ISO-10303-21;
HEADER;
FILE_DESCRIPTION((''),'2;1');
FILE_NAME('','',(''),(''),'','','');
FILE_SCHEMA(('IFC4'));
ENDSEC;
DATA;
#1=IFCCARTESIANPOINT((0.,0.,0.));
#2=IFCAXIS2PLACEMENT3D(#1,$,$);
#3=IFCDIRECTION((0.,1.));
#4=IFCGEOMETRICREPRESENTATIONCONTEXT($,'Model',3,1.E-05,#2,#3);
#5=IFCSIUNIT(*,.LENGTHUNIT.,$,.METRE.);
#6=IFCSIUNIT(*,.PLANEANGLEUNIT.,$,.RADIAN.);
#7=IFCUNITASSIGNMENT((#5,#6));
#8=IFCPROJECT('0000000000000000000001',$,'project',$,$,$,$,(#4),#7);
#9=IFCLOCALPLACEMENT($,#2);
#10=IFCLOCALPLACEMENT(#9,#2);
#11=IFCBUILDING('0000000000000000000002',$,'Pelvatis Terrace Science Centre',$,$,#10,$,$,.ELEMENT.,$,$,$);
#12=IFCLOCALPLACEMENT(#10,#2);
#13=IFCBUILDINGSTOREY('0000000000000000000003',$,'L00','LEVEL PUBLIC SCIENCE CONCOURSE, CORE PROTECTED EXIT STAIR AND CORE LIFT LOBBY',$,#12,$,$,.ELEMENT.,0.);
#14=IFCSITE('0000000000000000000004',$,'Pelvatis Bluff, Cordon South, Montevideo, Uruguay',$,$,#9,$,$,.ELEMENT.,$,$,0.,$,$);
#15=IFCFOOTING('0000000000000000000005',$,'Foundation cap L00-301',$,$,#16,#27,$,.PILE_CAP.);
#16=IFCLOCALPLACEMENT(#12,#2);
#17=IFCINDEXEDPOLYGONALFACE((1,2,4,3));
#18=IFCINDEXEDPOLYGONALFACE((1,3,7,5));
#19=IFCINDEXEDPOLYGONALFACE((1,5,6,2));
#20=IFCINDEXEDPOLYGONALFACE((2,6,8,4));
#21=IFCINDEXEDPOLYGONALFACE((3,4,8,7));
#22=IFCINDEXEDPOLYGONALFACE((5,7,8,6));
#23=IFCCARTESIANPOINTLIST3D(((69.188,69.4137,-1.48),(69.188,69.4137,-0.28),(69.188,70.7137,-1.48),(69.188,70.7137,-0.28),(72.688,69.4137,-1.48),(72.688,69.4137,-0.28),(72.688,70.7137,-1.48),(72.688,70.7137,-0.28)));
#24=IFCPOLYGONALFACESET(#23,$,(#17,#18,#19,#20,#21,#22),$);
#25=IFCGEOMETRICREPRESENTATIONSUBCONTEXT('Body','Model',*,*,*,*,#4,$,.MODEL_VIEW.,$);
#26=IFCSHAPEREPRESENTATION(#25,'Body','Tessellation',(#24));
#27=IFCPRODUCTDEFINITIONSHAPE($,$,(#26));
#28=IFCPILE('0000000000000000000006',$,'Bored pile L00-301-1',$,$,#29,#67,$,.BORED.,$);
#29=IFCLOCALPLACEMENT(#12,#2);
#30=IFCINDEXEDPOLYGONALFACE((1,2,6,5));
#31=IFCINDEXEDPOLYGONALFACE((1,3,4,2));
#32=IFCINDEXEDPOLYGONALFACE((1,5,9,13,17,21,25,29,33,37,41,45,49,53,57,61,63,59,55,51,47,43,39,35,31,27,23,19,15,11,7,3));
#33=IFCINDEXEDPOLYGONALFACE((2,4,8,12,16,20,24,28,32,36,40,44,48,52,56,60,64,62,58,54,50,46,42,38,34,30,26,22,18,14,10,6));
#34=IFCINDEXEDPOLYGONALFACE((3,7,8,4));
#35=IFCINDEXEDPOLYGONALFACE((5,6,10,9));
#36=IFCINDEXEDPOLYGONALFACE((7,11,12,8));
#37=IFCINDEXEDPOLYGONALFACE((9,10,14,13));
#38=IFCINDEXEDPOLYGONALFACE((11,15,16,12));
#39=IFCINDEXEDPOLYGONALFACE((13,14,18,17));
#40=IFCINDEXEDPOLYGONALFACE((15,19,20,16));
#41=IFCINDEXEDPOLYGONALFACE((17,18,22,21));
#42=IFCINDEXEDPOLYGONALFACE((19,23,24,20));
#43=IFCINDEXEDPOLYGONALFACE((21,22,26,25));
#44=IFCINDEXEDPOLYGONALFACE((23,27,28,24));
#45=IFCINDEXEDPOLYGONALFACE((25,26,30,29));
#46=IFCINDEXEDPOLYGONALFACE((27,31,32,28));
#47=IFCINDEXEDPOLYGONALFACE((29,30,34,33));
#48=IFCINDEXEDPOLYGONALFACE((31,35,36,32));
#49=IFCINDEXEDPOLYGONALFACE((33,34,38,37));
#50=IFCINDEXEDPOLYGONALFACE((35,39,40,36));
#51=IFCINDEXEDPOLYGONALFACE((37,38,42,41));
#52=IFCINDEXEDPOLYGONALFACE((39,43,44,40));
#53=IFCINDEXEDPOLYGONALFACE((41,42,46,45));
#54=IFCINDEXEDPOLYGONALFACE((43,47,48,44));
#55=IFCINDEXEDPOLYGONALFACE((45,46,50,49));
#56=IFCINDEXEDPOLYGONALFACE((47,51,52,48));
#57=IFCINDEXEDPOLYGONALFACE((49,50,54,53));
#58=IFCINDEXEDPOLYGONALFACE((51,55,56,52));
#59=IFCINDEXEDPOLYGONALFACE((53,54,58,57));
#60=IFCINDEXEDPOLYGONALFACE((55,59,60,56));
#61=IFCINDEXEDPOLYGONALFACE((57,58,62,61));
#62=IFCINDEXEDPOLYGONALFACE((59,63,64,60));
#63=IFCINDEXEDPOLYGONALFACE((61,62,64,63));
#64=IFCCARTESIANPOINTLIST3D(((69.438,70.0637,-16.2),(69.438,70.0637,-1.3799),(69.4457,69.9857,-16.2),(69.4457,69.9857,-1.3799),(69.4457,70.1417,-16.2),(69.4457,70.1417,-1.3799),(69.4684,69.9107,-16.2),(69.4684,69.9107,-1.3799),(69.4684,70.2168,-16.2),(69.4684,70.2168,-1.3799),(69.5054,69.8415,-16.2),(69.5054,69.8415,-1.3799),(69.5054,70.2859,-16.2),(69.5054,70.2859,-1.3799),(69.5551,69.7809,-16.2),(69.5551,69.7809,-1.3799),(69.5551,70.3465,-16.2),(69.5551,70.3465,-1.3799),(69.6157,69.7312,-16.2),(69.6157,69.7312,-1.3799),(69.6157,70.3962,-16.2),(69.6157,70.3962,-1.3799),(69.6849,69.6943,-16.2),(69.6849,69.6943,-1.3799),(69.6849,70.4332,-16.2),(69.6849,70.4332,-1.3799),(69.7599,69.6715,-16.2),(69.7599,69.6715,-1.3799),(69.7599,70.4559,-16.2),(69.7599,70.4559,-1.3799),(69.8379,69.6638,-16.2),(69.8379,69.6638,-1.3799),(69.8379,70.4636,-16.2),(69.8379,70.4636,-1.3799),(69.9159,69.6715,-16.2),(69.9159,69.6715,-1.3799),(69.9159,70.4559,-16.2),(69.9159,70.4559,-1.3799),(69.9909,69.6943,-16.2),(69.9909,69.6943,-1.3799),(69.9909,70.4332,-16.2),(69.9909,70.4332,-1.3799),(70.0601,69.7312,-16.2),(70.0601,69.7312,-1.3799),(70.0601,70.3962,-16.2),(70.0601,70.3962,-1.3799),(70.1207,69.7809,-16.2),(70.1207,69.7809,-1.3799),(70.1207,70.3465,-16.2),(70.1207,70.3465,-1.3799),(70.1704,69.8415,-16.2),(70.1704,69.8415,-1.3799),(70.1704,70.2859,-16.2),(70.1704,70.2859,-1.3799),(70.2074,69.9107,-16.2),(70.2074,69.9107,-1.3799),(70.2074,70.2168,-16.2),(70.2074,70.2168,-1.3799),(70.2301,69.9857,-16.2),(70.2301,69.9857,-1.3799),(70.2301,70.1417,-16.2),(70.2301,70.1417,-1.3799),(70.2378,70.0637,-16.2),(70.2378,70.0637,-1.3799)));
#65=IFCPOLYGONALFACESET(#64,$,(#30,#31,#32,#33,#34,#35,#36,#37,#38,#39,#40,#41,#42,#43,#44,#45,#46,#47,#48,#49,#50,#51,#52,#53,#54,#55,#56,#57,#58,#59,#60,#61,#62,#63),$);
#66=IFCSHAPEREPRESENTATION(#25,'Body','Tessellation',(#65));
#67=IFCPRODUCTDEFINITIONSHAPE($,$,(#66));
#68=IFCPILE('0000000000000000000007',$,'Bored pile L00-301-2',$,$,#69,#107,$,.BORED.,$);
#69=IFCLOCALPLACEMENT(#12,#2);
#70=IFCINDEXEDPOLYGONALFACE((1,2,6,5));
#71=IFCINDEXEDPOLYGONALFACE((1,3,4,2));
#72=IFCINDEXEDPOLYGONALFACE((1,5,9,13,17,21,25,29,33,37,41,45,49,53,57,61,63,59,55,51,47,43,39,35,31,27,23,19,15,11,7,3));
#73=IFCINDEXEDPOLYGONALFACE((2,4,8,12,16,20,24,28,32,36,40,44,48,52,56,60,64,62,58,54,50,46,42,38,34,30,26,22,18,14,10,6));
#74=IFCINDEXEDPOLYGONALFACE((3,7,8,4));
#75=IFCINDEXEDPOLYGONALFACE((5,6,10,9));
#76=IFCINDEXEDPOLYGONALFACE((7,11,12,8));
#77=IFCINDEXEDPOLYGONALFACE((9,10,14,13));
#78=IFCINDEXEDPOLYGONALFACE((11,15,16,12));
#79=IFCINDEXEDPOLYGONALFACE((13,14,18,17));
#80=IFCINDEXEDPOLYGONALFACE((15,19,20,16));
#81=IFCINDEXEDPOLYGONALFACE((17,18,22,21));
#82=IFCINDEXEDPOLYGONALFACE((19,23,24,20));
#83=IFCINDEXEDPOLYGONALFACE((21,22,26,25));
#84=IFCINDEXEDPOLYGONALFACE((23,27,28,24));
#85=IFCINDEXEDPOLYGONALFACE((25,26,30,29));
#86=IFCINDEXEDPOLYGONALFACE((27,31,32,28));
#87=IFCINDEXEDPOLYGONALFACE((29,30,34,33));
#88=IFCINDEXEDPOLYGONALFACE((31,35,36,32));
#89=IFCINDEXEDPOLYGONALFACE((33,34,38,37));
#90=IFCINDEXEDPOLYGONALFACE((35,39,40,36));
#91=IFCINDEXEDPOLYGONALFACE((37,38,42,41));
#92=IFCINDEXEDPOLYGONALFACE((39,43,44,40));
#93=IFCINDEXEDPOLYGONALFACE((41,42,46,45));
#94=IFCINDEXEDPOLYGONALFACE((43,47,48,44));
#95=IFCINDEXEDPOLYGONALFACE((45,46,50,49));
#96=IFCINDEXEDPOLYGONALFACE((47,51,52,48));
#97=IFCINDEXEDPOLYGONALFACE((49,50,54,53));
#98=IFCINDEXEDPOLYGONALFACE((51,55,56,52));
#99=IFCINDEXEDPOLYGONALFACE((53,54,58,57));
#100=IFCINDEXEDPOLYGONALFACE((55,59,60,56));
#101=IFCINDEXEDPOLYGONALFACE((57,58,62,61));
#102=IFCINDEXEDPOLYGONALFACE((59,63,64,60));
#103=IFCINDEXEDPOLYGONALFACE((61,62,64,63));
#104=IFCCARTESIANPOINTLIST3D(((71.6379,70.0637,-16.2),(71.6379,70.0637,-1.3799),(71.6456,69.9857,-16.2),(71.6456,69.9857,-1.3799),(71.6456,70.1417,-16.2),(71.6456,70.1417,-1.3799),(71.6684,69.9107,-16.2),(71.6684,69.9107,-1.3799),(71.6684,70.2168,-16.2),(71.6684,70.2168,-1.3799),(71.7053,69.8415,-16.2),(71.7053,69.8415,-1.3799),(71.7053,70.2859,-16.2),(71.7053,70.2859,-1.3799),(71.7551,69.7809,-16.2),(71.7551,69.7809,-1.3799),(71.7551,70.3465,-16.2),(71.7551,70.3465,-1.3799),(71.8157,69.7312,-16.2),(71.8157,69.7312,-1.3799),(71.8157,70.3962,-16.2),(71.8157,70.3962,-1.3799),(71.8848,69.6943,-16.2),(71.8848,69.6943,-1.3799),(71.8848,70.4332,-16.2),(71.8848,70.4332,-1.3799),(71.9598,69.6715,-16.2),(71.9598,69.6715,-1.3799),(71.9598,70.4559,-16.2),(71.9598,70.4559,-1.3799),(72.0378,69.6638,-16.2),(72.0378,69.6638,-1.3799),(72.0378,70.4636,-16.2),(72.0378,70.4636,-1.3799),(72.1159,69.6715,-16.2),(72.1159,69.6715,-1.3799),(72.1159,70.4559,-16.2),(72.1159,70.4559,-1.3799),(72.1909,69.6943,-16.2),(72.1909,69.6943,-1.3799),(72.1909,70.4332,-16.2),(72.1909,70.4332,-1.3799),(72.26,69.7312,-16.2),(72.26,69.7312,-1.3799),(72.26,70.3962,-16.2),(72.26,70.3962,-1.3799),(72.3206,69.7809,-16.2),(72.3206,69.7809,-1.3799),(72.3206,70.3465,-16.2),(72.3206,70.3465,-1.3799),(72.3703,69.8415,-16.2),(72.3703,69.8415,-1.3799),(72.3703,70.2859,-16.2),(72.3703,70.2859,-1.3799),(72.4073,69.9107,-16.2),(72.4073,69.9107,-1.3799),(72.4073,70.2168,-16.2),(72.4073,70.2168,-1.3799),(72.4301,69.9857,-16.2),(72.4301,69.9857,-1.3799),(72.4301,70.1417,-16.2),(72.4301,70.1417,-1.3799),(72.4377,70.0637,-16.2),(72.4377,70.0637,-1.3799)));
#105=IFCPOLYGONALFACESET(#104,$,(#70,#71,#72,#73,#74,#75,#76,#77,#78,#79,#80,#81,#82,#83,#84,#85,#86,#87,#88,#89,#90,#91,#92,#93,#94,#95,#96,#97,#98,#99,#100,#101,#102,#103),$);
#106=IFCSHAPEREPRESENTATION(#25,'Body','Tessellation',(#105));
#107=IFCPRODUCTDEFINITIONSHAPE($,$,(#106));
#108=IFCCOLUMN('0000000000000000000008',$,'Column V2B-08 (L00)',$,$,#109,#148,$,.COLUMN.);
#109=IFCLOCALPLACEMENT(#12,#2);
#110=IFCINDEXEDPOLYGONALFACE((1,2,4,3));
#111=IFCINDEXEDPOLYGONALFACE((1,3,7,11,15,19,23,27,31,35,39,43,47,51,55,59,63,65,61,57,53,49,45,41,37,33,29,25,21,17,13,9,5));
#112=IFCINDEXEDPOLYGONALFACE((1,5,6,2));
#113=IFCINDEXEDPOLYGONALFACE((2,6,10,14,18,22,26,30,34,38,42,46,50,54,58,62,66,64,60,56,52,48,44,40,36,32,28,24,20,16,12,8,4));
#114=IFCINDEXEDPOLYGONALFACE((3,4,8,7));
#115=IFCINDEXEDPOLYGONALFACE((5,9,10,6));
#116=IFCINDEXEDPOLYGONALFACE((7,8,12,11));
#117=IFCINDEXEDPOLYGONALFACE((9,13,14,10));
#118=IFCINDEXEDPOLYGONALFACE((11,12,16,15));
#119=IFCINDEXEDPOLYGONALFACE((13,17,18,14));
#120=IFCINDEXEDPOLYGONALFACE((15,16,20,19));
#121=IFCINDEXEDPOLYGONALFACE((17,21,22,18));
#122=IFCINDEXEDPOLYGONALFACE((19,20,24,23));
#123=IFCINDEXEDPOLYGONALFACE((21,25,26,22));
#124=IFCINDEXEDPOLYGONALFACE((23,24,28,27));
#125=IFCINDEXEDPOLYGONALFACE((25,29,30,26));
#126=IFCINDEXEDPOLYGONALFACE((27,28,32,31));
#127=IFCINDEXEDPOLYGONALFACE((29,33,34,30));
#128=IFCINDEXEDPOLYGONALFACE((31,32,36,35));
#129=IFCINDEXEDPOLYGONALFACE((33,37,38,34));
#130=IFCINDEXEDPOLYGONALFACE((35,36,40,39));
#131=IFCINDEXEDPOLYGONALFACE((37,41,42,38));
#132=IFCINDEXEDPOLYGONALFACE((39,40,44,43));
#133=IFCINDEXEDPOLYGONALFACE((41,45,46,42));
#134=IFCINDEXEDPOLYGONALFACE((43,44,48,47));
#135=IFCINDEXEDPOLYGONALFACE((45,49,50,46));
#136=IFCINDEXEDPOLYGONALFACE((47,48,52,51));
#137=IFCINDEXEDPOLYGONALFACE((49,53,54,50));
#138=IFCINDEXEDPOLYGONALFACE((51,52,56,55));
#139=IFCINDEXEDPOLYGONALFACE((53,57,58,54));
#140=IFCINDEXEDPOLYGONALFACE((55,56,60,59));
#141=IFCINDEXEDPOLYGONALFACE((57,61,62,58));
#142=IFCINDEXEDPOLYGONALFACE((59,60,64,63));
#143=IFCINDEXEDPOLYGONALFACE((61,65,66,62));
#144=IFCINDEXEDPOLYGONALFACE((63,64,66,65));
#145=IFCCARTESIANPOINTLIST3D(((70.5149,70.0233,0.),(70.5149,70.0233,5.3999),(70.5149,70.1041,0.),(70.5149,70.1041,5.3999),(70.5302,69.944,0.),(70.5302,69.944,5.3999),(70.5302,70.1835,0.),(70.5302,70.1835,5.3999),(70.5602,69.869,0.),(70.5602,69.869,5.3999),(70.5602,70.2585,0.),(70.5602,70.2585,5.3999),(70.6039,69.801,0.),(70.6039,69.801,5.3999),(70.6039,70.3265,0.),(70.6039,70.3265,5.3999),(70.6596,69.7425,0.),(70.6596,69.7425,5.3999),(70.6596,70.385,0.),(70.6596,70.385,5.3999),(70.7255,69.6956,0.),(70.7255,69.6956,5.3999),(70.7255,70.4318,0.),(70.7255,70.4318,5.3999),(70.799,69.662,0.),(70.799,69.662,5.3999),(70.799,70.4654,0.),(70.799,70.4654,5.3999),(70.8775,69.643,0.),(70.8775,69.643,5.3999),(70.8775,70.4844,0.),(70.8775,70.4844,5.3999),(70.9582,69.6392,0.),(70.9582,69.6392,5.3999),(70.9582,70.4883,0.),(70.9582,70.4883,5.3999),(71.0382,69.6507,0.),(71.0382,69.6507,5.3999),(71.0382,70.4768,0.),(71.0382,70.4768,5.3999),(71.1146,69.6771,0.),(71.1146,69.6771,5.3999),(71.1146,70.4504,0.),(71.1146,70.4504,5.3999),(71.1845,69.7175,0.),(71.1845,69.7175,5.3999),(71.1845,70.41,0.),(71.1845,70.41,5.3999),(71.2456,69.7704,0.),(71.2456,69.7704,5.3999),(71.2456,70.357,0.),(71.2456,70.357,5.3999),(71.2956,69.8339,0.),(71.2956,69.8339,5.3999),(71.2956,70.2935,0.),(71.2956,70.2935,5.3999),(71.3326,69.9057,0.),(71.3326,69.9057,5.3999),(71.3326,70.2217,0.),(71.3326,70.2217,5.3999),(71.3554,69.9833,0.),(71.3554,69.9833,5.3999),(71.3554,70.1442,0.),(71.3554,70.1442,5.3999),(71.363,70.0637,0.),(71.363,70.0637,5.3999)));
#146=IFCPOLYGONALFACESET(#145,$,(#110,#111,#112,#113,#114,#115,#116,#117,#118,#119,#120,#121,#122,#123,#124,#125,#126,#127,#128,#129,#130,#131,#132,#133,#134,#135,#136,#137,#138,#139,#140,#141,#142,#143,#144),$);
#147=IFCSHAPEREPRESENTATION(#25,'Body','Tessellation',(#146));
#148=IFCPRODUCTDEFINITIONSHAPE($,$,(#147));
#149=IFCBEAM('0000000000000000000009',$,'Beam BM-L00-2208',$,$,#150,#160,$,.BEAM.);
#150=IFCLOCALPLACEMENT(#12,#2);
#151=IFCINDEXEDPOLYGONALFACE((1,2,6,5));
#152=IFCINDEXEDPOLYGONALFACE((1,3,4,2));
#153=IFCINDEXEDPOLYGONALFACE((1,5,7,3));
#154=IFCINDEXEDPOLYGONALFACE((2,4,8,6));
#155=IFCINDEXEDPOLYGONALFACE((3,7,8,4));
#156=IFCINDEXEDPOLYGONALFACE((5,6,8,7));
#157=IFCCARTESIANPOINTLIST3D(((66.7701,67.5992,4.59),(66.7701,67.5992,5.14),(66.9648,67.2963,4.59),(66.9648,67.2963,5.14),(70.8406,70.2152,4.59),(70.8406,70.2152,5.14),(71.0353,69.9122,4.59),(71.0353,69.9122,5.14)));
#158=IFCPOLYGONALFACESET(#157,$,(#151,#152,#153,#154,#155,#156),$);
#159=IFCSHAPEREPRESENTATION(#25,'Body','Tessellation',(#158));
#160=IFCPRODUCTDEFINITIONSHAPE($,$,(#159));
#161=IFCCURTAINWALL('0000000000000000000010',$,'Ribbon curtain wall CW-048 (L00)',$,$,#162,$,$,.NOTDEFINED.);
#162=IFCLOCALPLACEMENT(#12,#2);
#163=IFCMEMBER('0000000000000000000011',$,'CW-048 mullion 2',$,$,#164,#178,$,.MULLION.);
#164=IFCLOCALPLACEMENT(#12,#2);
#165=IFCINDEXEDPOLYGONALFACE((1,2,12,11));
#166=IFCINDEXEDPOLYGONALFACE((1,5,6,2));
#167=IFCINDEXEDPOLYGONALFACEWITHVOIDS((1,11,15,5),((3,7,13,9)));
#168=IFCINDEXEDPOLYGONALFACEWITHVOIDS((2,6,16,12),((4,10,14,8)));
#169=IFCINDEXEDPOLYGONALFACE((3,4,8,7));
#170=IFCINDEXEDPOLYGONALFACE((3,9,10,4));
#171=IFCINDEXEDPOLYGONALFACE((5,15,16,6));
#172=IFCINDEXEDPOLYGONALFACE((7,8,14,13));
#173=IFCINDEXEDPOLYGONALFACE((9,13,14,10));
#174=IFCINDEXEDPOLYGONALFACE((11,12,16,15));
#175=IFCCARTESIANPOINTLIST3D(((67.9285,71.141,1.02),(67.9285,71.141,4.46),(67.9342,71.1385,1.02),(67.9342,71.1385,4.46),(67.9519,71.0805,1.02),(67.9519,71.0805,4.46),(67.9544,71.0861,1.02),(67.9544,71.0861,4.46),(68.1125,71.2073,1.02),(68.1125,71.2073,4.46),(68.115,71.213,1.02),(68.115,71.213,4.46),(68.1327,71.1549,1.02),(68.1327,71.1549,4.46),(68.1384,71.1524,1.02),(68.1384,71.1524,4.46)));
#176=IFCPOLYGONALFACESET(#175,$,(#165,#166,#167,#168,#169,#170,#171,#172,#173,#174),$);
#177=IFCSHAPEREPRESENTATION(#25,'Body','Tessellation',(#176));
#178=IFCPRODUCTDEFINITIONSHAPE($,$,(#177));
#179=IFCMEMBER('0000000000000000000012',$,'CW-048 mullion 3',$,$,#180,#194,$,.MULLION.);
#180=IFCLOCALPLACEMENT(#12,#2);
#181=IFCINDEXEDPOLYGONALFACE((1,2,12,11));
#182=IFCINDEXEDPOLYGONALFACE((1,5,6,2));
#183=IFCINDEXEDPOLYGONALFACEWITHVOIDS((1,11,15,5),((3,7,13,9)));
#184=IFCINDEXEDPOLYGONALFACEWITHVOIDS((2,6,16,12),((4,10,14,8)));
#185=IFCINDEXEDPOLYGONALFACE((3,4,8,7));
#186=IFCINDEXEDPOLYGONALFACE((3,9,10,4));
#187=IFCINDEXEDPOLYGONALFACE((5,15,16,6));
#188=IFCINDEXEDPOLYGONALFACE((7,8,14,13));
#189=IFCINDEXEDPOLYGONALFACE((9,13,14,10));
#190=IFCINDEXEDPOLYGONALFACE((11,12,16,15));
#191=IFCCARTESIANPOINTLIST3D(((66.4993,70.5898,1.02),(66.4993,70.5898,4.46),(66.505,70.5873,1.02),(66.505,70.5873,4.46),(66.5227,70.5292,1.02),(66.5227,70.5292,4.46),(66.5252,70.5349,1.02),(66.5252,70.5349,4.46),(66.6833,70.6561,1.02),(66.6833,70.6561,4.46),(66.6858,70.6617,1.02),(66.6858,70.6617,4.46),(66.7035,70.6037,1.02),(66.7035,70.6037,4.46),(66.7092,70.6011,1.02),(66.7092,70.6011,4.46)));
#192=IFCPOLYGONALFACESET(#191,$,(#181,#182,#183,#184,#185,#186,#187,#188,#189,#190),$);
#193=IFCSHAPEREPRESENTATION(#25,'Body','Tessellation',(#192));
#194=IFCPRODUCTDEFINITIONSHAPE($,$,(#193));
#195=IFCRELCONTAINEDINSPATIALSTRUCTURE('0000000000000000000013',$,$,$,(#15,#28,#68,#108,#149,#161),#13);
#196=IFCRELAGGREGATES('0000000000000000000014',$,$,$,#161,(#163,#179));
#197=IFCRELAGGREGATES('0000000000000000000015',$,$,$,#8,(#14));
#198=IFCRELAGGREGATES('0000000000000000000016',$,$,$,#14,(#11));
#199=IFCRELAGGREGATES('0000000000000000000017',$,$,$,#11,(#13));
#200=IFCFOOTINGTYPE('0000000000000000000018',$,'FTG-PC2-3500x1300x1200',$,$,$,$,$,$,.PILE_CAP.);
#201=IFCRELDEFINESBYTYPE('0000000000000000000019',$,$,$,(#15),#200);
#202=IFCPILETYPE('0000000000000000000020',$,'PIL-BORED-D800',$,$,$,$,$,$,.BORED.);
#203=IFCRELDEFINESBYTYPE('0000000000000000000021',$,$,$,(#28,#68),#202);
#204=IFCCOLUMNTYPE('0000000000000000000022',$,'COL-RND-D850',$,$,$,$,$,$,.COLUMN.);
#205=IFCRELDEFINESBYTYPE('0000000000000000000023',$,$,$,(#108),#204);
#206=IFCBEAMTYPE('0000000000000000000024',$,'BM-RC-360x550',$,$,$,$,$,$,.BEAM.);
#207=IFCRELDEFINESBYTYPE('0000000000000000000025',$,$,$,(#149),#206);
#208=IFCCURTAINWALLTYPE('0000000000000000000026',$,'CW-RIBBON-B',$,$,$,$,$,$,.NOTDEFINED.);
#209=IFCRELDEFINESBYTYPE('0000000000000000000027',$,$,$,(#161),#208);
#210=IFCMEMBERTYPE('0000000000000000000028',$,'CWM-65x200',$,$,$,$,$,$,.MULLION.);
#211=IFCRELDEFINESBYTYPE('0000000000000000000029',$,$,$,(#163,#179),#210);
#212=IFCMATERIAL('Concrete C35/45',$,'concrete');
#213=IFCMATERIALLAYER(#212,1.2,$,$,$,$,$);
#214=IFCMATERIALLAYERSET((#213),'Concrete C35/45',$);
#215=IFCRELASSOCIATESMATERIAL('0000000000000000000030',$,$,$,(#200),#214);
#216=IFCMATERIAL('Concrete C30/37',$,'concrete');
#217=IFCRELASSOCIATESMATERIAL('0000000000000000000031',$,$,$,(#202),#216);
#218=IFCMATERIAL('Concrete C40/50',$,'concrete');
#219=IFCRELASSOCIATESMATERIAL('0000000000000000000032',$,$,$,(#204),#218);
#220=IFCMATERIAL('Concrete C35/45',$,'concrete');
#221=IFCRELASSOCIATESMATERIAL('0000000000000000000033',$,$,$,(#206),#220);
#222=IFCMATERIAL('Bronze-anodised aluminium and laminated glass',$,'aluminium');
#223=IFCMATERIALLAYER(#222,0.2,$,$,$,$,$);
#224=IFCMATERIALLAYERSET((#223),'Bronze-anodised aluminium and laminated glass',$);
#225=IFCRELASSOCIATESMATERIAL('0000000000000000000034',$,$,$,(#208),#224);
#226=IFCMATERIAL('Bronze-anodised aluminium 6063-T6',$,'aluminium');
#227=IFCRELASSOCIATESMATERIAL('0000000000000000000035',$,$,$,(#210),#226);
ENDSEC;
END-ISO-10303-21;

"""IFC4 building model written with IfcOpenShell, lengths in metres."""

from ifc_helpers import new_model, si_unit, direction, frame, origin, origin_2d, place, context, subcontext, project, spatial, rectangle, hollow_rectangle, circle, extrude, material, layer, layer_set, material_profile, profile_set, type_object, element, aggregate, save


model = new_model("IFC4")

# Units and contexts
model_context = context("Model", 3, precision=1e-05, world=origin(), true_north=direction((0.0, 1.0)))
body_context = subcontext(model_context, "Body", "Model", "MODEL_VIEW")
ifc_project = project(units=[si_unit("LENGTHUNIT", "METRE"), si_unit("PLANEANGLEUNIT", "RADIAN")], contexts=[model_context])

# Site, building, storey
site_placement = place(None, origin())
site = spatial("IfcSite", under=ifc_project, at=site_placement, Name="Pelvatis Bluff, Cordon South, Montevideo, Uruguay", CompositionType="ELEMENT", RefElevation=0.0)
building_placement = place(site_placement, origin())
building = spatial("IfcBuilding", under=site, at=building_placement, Name="Pelvatis Terrace Science Centre", CompositionType="ELEMENT")
storey_placement = place(building_placement, origin())
storey = spatial("IfcBuildingStorey", under=building, at=storey_placement, Name="L00", Description="LEVEL PUBLIC SCIENCE CONCOURSE, CORE PROTECTED EXIT STAIR AND CORE LIFT LOBBY", CompositionType="ELEMENT", Elevation=0.0)

# Footing
ifc_material_1 = material(Name="Concrete C35/45", Category="concrete")
ifc_layer_1 = layer(ifc_material_1, 1.2)
ifc_layer_set_1 = layer_set([ifc_layer_1], Name="Concrete C35/45")
footing_type = type_object("IfcFootingType", Name="FTG-PC2-3500x1300x1200", PredefinedType="PILE_CAP", material=ifc_layer_set_1)
footing_placement = place(storey_placement, frame((70.938, 70.0637, -1.48), z_axis=(0.0, 0.0, 1.0), x_axis=(1.0, 0.0, 0.0)))
element("IfcFooting", 1, at=footing_placement, inside=storey, type_object=footing_type, Name="Foundation cap L00-301", PredefinedType="PILE_CAP", context=body_context, shape_type="SweptSolid", body=[
    extrude(rectangle(XDim=3.5, YDim=1.3, at=origin_2d()), origin(), (0.0, 0.0, 1.0), 1.2),
])

# Piles
ifc_material_2 = material(Name="Concrete C30/37", Category="concrete")
ifc_material_profile_1 = material_profile(ifc_material_2, circle(Radius=0.3999, at=origin_2d()), Name="PILE D800")
ifc_profile_set_1 = profile_set([ifc_material_profile_1], Name="Concrete C30/37")
pile_type = type_object("IfcPileType", Name="PIL-BORED-D800", PredefinedType="BORED", material=ifc_profile_set_1)
for number, where, z_axis, x_axis, name in (
    (2, (69.8379, 70.0637, -1.3799), (0.0, 0.0, -1.0), (1.0, 0.0, 0.0), "Bored pile L00-301-1"),
    (3, (72.0378, 70.0637, -1.3799), (0.0, 0.0, -1.0), (1.0, 0.0, 0.0), "Bored pile L00-301-2"),
):
    element("IfcPile", number, at=place(storey_placement, frame(where, z_axis=z_axis, x_axis=x_axis)), inside=storey, type_object=pile_type, Name=name, PredefinedType="BORED", context=body_context, shape_type="SweptSolid", body=[
        extrude(circle(Radius=0.3999, at=origin_2d()), origin(), (0.0, 0.0, 1.0), 14.8201),
    ])

# Column
ifc_material_3 = material(Name="Concrete C40/50", Category="concrete")
ifc_material_profile_2 = material_profile(ifc_material_3, circle(Radius=0.425, at=origin_2d()), Name="RC-RCOL D850")
ifc_profile_set_2 = profile_set([ifc_material_profile_2], Name="Concrete C40/50")
column_type = type_object("IfcColumnType", Name="COL-RND-D850", PredefinedType="COLUMN", material=ifc_profile_set_2)
column_placement = place(storey_placement, frame((70.938, 70.0637, 0.0), z_axis=(0.0, 0.0, 1.0), x_axis=(1.0, 0.0, 0.0)))
element("IfcColumn", 4, at=column_placement, inside=storey, type_object=column_type, Name="Column V2B-08 (L00)", PredefinedType="COLUMN", context=body_context, shape_type="SweptSolid", body=[
    extrude(circle(Radius=0.425, at=origin_2d()), origin(), (0.0, 0.0, 1.0), 5.3999),
])

# Beam
ifc_material_4 = material(Name="Concrete C35/45", Category="concrete")
ifc_material_profile_3 = material_profile(ifc_material_4, rectangle(XDim=0.3601, YDim=0.55, at=origin_2d()), Name="RC-BM 360x550")
ifc_profile_set_3 = profile_set([ifc_material_profile_3], Name="Concrete C35/45")
beam_type = type_object("IfcBeamType", Name="BM-RC-360x550", PredefinedType="BEAM", material=ifc_profile_set_3)
beam_placement = place(storey_placement, frame((70.938, 70.0637, 4.865), z_axis=(-0.841256, -0.540638, 0.0), x_axis=(0.540638, -0.841256, 0.0)))
element("IfcBeam", 5, at=beam_placement, inside=storey, type_object=beam_type, Name="Beam BM-L00-2208", PredefinedType="BEAM", context=body_context, shape_type="SweptSolid", body=[
    extrude(rectangle(XDim=0.3601, YDim=0.55, at=origin_2d()), origin(), (0.0, 0.0, 1.0), 4.8386),
])

# Curtain wall, members
ifc_material_5 = material(Name="Bronze-anodised aluminium and laminated glass", Category="aluminium")
ifc_layer_2 = layer(ifc_material_5, 0.2)
ifc_layer_set_2 = layer_set([ifc_layer_2], Name="Bronze-anodised aluminium and laminated glass")
curtain_wall_type = type_object("IfcCurtainWallType", Name="CW-RIBBON-B", PredefinedType="NOTDEFINED", material=ifc_layer_set_2)
curtain_wall_1_placement = place(storey_placement, origin())
curtain_wall_1 = element("IfcCurtainWall", 6, at=curtain_wall_1_placement, inside=storey, type_object=curtain_wall_type, Name="Ribbon curtain wall CW-048 (L00)", PredefinedType="NOTDEFINED")
ifc_material_6 = material(Name="Bronze-anodised aluminium 6063-T6", Category="aluminium")
ifc_material_profile_4 = material_profile(ifc_material_6, hollow_rectangle(XDim=0.0649, YDim=0.2, WallThickness=0.0044, at=origin_2d()), Name="ALU-MUL 65x200")
ifc_profile_set_4 = profile_set([ifc_material_profile_4], Name="Bronze-anodised aluminium 6063-T6")
member_type_1 = type_object("IfcMemberType", Name="CWM-65x200", PredefinedType="MULLION", material=ifc_profile_set_4)
member_1_placement = place(storey_placement, frame((68.0334, 71.1467, 1.02), z_axis=(0.0, 0.0, 1.0), x_axis=(0.359874, -0.933001, 0.0)))
member_1 = element("IfcMember", 7, at=member_1_placement, type_object=member_type_1, Name="CW-048 mullion 2", PredefinedType="MULLION", context=body_context, shape_type="SweptSolid", body=[
    extrude(hollow_rectangle(XDim=0.0649, YDim=0.2, WallThickness=0.0044, at=origin_2d()), origin(), (0.0, 0.0, 1.0), 3.4399),
])
member_2_placement = place(storey_placement, frame((66.6042, 70.5955, 1.02), z_axis=(0.0, 0.0, 1.0), x_axis=(0.359874, -0.933001, 0.0)))
member_2 = element("IfcMember", 8, at=member_2_placement, type_object=member_type_1, Name="CW-048 mullion 3", PredefinedType="MULLION", context=body_context, shape_type="SweptSolid", body=[
    extrude(hollow_rectangle(XDim=0.0649, YDim=0.2, WallThickness=0.0044, at=origin_2d()), origin(), (0.0, 0.0, 1.0), 3.4399),
])

aggregate(curtain_wall_1, [member_1, member_2])

save(model, "model.ifc")
